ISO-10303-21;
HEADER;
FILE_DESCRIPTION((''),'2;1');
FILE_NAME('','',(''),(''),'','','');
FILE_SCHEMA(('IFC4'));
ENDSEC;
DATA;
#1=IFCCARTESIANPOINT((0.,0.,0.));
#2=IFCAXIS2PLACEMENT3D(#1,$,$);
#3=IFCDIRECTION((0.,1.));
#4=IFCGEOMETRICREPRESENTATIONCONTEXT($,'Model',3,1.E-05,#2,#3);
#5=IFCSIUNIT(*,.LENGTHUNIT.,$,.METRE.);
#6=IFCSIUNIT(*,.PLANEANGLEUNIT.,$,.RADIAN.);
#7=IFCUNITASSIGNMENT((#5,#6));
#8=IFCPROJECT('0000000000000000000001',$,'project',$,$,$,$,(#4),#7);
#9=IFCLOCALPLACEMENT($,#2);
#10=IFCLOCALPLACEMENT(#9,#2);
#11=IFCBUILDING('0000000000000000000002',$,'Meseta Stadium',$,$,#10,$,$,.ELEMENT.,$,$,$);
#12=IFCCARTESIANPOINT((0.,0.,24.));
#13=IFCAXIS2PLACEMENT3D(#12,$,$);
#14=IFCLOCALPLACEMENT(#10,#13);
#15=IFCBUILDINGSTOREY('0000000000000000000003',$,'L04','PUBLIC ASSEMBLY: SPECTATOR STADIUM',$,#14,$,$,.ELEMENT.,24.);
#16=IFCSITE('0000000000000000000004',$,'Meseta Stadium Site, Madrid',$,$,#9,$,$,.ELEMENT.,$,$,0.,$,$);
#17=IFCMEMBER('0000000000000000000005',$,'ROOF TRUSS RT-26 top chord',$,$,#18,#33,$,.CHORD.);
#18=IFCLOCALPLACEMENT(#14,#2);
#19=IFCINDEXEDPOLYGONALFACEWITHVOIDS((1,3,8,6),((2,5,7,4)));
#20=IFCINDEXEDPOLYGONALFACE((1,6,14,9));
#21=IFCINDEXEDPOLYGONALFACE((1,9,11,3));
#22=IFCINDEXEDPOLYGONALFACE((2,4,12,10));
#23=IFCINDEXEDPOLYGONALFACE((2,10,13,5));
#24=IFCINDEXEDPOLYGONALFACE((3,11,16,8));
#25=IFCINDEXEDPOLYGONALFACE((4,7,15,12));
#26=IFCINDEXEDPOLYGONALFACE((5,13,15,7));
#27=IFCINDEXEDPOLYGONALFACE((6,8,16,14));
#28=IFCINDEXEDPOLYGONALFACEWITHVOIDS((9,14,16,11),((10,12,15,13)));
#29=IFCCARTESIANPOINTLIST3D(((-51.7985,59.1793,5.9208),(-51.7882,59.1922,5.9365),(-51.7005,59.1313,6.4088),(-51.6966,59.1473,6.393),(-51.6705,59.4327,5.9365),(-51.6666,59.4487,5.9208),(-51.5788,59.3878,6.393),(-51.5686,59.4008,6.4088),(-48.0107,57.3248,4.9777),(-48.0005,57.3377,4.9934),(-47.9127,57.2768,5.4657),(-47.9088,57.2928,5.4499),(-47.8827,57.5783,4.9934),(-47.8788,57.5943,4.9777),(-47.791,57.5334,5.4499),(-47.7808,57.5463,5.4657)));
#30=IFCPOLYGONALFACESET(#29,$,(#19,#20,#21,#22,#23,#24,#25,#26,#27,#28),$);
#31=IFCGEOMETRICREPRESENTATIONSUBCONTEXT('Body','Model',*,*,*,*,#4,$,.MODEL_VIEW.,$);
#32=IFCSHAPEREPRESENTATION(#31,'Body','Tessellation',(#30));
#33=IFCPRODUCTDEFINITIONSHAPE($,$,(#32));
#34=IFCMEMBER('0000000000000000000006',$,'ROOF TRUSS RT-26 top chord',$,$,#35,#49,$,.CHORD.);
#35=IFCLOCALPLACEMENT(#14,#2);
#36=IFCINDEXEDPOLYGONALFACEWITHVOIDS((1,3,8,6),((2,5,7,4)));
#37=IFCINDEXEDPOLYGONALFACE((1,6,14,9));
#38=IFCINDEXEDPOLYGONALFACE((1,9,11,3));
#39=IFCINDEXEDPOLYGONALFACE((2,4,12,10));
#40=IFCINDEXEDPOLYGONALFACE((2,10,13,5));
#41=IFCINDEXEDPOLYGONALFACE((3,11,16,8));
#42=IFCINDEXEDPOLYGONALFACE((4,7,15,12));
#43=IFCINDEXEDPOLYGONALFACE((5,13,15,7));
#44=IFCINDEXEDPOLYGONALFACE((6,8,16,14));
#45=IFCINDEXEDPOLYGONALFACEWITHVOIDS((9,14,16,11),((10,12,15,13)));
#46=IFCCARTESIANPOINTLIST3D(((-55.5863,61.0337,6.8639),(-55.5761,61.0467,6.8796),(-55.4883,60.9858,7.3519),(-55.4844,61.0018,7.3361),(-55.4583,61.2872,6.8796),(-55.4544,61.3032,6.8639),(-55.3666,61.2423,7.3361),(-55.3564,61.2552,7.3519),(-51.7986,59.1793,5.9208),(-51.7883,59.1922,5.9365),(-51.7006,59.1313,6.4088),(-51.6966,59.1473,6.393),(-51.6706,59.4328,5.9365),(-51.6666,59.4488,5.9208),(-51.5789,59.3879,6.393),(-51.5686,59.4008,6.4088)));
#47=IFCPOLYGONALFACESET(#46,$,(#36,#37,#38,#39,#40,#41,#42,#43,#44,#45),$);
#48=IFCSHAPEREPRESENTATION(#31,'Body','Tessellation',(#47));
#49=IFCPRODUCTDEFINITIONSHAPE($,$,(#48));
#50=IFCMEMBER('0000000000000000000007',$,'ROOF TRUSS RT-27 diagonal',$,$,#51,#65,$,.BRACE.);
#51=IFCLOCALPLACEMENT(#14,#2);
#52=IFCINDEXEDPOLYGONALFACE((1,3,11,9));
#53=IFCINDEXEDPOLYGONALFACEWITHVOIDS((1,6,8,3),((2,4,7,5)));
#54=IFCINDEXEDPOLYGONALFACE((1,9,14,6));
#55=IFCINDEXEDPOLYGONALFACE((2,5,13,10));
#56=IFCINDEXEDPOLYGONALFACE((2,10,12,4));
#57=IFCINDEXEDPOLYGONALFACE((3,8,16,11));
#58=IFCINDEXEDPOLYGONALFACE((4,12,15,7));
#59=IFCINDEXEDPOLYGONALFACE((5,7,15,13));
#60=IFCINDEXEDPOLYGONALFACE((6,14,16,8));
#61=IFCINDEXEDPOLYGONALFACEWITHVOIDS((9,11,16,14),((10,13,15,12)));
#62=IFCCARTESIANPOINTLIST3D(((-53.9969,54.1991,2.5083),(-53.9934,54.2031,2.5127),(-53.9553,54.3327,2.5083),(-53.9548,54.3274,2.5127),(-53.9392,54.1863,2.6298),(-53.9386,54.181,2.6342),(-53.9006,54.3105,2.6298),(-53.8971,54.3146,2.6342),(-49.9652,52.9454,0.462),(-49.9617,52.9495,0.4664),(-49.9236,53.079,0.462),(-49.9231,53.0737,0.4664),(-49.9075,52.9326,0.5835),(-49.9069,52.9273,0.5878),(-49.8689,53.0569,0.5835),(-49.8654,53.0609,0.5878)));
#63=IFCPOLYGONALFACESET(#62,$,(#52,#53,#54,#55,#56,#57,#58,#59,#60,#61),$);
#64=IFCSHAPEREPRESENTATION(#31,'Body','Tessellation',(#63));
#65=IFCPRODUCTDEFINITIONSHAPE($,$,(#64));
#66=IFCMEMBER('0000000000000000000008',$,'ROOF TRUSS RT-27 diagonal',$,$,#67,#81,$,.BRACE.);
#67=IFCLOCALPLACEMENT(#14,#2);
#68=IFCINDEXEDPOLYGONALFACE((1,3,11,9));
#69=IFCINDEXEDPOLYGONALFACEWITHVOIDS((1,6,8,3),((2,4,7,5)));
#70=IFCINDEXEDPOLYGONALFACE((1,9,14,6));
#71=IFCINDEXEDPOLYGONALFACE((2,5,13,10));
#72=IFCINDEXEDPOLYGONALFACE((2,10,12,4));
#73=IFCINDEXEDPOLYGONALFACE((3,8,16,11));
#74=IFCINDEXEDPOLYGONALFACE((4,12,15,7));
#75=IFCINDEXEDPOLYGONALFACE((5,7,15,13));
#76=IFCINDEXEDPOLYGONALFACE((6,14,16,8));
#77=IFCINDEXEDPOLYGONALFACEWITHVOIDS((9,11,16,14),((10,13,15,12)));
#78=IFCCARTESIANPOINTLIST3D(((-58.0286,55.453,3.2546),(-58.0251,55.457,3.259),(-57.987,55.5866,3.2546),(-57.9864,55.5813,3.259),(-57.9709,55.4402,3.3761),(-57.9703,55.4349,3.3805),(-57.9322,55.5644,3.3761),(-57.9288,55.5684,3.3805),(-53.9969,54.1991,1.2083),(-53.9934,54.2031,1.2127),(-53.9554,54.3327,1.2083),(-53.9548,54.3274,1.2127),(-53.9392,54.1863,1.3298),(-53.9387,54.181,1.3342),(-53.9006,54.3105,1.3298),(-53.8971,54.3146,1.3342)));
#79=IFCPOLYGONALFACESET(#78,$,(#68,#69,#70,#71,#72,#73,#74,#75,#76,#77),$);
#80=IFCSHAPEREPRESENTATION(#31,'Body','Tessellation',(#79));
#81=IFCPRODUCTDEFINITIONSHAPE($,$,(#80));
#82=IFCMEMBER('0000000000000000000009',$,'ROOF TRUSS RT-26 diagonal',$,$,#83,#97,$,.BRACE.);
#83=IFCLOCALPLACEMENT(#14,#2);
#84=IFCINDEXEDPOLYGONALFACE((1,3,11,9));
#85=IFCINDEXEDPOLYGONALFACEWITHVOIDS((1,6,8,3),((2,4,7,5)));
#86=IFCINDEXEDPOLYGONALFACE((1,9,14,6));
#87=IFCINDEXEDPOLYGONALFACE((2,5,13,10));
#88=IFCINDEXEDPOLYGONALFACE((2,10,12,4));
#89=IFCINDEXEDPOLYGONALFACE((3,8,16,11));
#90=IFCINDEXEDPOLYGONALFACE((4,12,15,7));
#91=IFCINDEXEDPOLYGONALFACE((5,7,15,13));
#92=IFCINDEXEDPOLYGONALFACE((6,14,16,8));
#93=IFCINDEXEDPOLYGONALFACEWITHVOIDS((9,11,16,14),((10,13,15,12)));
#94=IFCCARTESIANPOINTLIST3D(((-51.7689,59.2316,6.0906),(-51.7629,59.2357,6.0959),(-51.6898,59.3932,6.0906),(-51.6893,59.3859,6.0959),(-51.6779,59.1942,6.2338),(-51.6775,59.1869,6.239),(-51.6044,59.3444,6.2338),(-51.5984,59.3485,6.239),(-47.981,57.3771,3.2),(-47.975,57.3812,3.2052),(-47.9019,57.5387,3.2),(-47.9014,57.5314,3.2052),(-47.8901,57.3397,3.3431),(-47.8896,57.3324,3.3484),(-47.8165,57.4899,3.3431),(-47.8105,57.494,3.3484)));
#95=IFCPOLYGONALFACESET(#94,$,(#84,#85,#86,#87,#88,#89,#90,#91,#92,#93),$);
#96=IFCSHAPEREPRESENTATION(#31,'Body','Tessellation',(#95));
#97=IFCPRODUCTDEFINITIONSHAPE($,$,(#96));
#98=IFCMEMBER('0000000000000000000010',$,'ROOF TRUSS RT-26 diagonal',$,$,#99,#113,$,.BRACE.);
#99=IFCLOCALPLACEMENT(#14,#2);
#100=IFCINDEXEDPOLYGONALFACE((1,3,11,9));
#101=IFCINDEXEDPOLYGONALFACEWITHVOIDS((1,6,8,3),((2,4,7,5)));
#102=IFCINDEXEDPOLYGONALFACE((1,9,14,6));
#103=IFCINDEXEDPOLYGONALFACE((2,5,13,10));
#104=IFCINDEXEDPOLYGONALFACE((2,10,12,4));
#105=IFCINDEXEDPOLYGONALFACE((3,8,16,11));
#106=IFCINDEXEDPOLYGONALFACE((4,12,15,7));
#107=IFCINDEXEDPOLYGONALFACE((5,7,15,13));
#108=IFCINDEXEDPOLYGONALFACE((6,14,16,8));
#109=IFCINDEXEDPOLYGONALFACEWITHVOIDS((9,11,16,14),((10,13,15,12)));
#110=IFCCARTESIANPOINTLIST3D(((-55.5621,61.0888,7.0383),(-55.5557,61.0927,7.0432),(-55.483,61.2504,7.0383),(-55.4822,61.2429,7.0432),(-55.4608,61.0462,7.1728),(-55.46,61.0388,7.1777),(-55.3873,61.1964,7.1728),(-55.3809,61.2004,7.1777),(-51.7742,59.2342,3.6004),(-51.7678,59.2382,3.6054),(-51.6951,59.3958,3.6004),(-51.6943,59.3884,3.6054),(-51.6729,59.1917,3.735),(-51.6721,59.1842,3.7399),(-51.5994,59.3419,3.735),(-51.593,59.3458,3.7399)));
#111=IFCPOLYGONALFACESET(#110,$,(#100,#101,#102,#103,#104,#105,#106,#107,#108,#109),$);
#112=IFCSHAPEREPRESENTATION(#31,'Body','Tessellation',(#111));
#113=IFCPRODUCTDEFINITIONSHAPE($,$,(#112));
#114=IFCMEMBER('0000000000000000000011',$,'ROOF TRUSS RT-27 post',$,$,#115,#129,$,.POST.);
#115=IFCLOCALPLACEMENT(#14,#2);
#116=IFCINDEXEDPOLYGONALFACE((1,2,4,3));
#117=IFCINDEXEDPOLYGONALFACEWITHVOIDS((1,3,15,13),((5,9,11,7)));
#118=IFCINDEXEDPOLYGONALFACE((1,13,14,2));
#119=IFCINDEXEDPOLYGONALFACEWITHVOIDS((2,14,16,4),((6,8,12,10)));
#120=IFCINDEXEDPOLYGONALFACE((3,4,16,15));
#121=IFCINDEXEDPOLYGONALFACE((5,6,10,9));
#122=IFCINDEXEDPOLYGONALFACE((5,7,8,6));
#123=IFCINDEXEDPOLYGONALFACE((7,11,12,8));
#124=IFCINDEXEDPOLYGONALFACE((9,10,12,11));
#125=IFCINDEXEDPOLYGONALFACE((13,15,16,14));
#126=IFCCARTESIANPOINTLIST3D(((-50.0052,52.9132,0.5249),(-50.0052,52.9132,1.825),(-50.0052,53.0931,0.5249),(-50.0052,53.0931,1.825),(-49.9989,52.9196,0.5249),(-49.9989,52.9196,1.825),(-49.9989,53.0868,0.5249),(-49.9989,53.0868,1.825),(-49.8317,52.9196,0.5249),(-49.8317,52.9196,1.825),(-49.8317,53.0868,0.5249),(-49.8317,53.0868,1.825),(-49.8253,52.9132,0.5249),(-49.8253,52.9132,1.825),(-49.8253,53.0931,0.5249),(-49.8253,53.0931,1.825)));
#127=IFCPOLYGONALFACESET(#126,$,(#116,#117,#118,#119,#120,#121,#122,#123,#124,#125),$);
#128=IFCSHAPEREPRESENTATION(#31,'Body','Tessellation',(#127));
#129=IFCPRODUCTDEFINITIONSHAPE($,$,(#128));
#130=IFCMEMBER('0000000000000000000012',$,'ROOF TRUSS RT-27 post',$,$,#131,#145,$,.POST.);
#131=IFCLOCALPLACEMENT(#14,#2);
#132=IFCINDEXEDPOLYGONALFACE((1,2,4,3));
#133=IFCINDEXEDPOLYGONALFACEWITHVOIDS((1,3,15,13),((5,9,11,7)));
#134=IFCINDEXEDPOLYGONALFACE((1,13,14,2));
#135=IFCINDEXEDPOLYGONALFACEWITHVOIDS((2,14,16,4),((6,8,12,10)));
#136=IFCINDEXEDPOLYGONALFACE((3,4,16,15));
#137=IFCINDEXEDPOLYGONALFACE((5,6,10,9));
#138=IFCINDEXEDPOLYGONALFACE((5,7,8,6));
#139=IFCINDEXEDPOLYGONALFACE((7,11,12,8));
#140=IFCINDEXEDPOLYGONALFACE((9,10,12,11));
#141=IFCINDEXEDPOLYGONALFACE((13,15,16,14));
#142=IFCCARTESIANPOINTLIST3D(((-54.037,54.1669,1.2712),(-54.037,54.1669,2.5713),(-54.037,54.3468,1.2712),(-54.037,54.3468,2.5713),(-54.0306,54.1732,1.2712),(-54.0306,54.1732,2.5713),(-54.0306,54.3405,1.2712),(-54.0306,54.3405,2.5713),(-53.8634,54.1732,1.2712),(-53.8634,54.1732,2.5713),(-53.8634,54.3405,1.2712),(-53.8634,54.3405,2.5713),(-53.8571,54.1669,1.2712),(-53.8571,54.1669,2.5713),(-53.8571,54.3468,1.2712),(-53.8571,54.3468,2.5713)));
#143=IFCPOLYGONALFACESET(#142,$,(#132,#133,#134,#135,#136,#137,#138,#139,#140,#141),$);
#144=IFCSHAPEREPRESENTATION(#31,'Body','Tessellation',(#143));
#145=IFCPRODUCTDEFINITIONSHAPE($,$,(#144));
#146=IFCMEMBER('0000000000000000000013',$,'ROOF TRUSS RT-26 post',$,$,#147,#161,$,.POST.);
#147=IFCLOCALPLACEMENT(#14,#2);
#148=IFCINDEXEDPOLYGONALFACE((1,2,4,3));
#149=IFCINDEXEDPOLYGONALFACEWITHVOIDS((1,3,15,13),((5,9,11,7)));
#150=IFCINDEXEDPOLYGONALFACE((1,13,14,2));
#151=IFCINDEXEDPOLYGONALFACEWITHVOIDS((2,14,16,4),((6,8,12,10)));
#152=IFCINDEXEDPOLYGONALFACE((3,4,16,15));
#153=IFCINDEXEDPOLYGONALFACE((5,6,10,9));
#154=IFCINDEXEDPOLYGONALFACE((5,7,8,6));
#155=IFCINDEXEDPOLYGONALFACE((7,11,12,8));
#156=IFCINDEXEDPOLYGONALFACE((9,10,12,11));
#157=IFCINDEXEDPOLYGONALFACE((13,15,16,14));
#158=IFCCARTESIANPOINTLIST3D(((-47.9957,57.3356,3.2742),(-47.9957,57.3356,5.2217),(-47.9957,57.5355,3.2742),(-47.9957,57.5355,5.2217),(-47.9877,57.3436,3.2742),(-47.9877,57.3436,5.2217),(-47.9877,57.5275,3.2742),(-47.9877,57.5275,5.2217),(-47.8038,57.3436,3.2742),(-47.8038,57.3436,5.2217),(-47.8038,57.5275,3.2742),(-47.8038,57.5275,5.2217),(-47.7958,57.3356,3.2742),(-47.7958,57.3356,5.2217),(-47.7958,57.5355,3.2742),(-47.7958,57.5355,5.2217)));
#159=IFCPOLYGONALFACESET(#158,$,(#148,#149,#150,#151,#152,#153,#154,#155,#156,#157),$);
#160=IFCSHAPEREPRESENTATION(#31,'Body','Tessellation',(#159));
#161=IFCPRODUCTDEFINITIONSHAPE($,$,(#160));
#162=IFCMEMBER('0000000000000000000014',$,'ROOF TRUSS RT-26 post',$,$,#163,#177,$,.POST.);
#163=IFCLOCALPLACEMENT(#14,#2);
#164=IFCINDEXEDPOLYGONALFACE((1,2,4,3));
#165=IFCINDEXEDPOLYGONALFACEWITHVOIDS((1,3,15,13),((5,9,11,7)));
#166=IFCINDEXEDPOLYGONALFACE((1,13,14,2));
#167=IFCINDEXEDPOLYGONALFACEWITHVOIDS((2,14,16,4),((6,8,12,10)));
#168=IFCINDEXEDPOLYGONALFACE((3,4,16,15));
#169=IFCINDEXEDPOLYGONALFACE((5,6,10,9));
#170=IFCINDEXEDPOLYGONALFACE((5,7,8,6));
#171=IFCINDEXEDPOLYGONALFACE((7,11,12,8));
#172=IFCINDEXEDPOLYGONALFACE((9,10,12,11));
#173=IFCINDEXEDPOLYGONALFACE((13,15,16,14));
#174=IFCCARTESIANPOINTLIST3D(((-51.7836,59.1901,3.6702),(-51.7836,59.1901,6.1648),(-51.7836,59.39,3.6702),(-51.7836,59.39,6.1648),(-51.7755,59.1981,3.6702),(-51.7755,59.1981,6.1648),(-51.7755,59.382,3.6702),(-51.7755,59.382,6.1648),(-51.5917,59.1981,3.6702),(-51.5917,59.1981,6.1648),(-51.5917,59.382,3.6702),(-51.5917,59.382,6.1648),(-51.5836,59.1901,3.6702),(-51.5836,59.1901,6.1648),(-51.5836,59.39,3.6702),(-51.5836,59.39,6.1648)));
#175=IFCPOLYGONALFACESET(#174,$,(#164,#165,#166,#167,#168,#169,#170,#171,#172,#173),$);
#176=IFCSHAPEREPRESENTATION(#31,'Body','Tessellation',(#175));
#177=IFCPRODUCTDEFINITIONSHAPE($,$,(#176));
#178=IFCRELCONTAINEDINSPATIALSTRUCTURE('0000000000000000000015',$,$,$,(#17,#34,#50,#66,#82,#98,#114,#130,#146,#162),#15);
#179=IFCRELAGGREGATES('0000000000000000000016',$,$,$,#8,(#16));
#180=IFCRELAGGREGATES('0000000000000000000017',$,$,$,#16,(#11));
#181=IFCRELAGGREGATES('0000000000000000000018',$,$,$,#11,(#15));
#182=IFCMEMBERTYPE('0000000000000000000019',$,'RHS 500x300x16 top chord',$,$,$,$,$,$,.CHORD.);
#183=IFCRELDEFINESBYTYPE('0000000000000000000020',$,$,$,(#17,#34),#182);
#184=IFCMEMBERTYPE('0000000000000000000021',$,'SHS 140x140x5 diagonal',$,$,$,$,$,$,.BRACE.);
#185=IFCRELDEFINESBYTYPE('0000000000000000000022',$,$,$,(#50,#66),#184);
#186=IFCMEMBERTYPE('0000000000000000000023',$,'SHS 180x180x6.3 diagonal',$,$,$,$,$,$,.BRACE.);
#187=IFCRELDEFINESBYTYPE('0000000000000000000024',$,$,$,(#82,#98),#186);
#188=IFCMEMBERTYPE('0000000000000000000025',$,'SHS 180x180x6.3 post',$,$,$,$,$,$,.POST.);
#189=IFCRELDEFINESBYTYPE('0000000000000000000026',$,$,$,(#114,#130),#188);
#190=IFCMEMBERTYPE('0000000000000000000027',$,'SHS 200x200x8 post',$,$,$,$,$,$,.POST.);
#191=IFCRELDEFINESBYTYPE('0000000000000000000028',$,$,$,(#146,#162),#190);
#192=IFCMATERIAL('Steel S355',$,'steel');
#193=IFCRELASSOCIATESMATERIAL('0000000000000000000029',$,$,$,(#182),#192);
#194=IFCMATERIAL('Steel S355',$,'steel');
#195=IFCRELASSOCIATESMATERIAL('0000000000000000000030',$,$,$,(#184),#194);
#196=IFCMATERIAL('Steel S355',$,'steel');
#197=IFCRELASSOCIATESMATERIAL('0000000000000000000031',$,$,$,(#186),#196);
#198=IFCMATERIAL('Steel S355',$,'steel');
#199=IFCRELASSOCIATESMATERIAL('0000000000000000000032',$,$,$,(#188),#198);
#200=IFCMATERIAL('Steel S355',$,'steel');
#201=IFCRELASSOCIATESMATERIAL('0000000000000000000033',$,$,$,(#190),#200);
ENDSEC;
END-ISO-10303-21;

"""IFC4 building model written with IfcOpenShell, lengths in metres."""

from ifc_helpers import new_model, si_unit, direction, frame, origin, origin_2d, place, context, subcontext, project, spatial, hollow_rectangle, extrude, material, material_profile, profile_set, type_object, element, save


model = new_model("IFC4")

# Units and contexts
model_context = context("Model", 3, precision=1e-05, world=origin(), true_north=direction((0.0, 1.0)))
body_context = subcontext(model_context, "Body", "Model", "MODEL_VIEW")
ifc_project = project(units=[si_unit("LENGTHUNIT", "METRE"), si_unit("PLANEANGLEUNIT", "RADIAN")], contexts=[model_context])

# Site, building, storey
site_placement = place(None, origin())
site = spatial("IfcSite", under=ifc_project, at=site_placement, Name="Meseta Stadium Site, Madrid", CompositionType="ELEMENT", RefElevation=0.0)
building_placement = place(site_placement, origin())
building = spatial("IfcBuilding", under=site, at=building_placement, Name="Meseta Stadium", CompositionType="ELEMENT")
storey_placement = place(building_placement, frame((0.0, 0.0, 24.0)))
storey = spatial("IfcBuildingStorey", under=building, at=storey_placement, Name="L04", Description="PUBLIC ASSEMBLY: SPECTATOR STADIUM", CompositionType="ELEMENT", Elevation=24.0)

# Members
ifc_material_1 = material(Name="Steel S355", Category="steel")
ifc_material_profile_1 = material_profile(ifc_material_1, hollow_rectangle(XDim=0.3, YDim=0.5, WallThickness=0.0161, at=origin_2d()), Name="RHS 500x300x16")
ifc_profile_set_1 = profile_set([ifc_material_profile_1], Name="Steel S355")
member_type_1 = type_object("IfcMemberType", Name="RHS 500x300x16 top chord", PredefinedType="CHORD", material=ifc_profile_set_1)
for number, where, z_axis, x_axis, name in (
    (1, (-47.8958, 57.4355, 5.2217), (-0.876488, 0.42912, 0.218232), (-0.439719, -0.898135, 0.0), "ROOF TRUSS RT-26 top chord"),
    (2, (-51.6836, 59.29, 6.1648), (-0.876488, 0.42912, 0.218232), (-0.439719, -0.898135, 0.0), "ROOF TRUSS RT-26 top chord"),
):
    element("IfcMember", number, at=place(storey_placement, frame(where, z_axis=z_axis, x_axis=x_axis)), inside=storey, type_object=member_type_1, Name=name, PredefinedType="CHORD", context=body_context, shape_type="SweptSolid", body=[
        extrude(hollow_rectangle(XDim=0.3, YDim=0.5, WallThickness=0.0161, at=origin_2d()), origin(), (0.0, 0.0, 1.0), 4.3215),
    ])
ifc_material_2 = material(Name="Steel S355", Category="steel")
ifc_material_profile_2 = material_profile(ifc_material_2, hollow_rectangle(XDim=0.1399, YDim=0.1399, WallThickness=0.0049, at=origin_2d()), Name="SHS 140x140x5")
ifc_profile_set_2 = profile_set([ifc_material_profile_2], Name="Steel S355")
member_type_2 = type_object("IfcMemberType", Name="SHS 140x140x5 diagonal", PredefinedType="BRACE", material=ifc_profile_set_2)
for number, where, z_axis, x_axis, name in (
    (3, (-49.9153, 53.0032, 0.5249), (-0.859291, 0.267195, 0.43615), (-0.296925, -0.954901, 0.0), "ROOF TRUSS RT-27 diagonal"),
    (4, (-53.947, 54.2568, 1.2712), (-0.859279, 0.267243, 0.436144), (-0.296978, -0.954884, 0.0), "ROOF TRUSS RT-27 diagonal"),
):
    element("IfcMember", number, at=place(storey_placement, frame(where, z_axis=z_axis, x_axis=x_axis)), inside=storey, type_object=member_type_2, Name=name, PredefinedType="BRACE", context=body_context, shape_type="SweptSolid", body=[
        extrude(hollow_rectangle(XDim=0.1399, YDim=0.1399, WallThickness=0.0049, at=origin_2d()), origin(), (0.0, 0.0, 1.0), 4.6919),
    ])
ifc_material_3 = material(Name="Steel S355", Category="steel")
ifc_material_profile_3 = material_profile(ifc_material_3, hollow_rectangle(XDim=0.1799, YDim=0.1799, WallThickness=0.0063, at=origin_2d()), Name="SHS 180x180x6.3")
ifc_profile_set_3 = profile_set([ifc_material_profile_3], Name="Steel S355")
member_type_3 = type_object("IfcMemberType", Name="SHS 180x180x6.3 diagonal", PredefinedType="BRACE", material=ifc_profile_set_3)
member_1_placement = place(storey_placement, frame((-47.8958, 57.4355, 3.2742), z_axis=(-0.740828, 0.362703, 0.56535), x_axis=(-0.439719, -0.898135, 0.0)))
element("IfcMember", 5, at=member_1_placement, inside=storey, type_object=member_type_3, Name="ROOF TRUSS RT-26 diagonal", PredefinedType="BRACE", context=body_context, shape_type="SweptSolid", body=[
    extrude(hollow_rectangle(XDim=0.1799, YDim=0.1799, WallThickness=0.0063, at=origin_2d()), origin(), (0.0, 0.0, 1.0), 5.113),
])
member_2_placement = place(storey_placement, frame((-51.6836, 59.29, 3.6702), z_axis=(-0.696161, 0.340834, 0.631817), x_axis=(-0.439719, -0.898135, 0.0)))
element("IfcMember", 6, at=member_2_placement, inside=storey, type_object=member_type_3, Name="ROOF TRUSS RT-26 diagonal", PredefinedType="BRACE", context=body_context, shape_type="SweptSolid", body=[
    extrude(hollow_rectangle(XDim=0.1799, YDim=0.1799, WallThickness=0.0063, at=origin_2d()), origin(), (0.0, 0.0, 1.0), 5.4412),
])
ifc_material_4 = material(Name="Steel S355", Category="steel")
ifc_material_profile_4 = material_profile(ifc_material_4, hollow_rectangle(XDim=0.1799, YDim=0.1799, WallThickness=0.0063, at=origin_2d()), Name="SHS 180x180x6.3")
ifc_profile_set_4 = profile_set([ifc_material_profile_4], Name="Steel S355")
member_type_4 = type_object("IfcMemberType", Name="SHS 180x180x6.3 post", PredefinedType="POST", material=ifc_profile_set_4)
for number, where, z_axis, x_axis, name in (
    (7, (-49.9153, 53.0032, 0.5249), (0.0, 0.0, 1.0), (1.0, 0.0, 0.0), "ROOF TRUSS RT-27 post"),
    (8, (-53.947, 54.2568, 1.2712), (0.0, 0.0, 1.0), (1.0, 0.0, 0.0), "ROOF TRUSS RT-27 post"),
):
    element("IfcMember", number, at=place(storey_placement, frame(where, z_axis=z_axis, x_axis=x_axis)), inside=storey, type_object=member_type_4, Name=name, PredefinedType="POST", context=body_context, shape_type="SweptSolid", body=[
        extrude(hollow_rectangle(XDim=0.1799, YDim=0.1799, WallThickness=0.0063, at=origin_2d()), origin(), (0.0, 0.0, 1.0), 1.3),
    ])
ifc_material_5 = material(Name="Steel S355", Category="steel")
ifc_material_profile_5 = material_profile(ifc_material_5, hollow_rectangle(XDim=0.2, YDim=0.2, WallThickness=0.0081, at=origin_2d()), Name="SHS 200x200x8")
ifc_profile_set_5 = profile_set([ifc_material_profile_5], Name="Steel S355")
member_type_5 = type_object("IfcMemberType", Name="SHS 200x200x8 post", PredefinedType="POST", material=ifc_profile_set_5)
member_3_placement = place(storey_placement, frame((-47.8958, 57.4355, 3.2742), z_axis=(0.0, 0.0, 1.0), x_axis=(1.0, 0.0, 0.0)))
element("IfcMember", 9, at=member_3_placement, inside=storey, type_object=member_type_5, Name="ROOF TRUSS RT-26 post", PredefinedType="POST", context=body_context, shape_type="SweptSolid", body=[
    extrude(hollow_rectangle(XDim=0.2, YDim=0.2, WallThickness=0.0081, at=origin_2d()), origin(), (0.0, 0.0, 1.0), 1.9475),
])
member_4_placement = place(storey_placement, frame((-51.6836, 59.29, 3.6702), z_axis=(0.0, 0.0, 1.0), x_axis=(1.0, 0.0, 0.0)))
element("IfcMember", 10, at=member_4_placement, inside=storey, type_object=member_type_5, Name="ROOF TRUSS RT-26 post", PredefinedType="POST", context=body_context, shape_type="SweptSolid", body=[
    extrude(hollow_rectangle(XDim=0.2, YDim=0.2, WallThickness=0.0081, at=origin_2d()), origin(), (0.0, 0.0, 1.0), 2.4946),
])

save(model, "model.ifc")
